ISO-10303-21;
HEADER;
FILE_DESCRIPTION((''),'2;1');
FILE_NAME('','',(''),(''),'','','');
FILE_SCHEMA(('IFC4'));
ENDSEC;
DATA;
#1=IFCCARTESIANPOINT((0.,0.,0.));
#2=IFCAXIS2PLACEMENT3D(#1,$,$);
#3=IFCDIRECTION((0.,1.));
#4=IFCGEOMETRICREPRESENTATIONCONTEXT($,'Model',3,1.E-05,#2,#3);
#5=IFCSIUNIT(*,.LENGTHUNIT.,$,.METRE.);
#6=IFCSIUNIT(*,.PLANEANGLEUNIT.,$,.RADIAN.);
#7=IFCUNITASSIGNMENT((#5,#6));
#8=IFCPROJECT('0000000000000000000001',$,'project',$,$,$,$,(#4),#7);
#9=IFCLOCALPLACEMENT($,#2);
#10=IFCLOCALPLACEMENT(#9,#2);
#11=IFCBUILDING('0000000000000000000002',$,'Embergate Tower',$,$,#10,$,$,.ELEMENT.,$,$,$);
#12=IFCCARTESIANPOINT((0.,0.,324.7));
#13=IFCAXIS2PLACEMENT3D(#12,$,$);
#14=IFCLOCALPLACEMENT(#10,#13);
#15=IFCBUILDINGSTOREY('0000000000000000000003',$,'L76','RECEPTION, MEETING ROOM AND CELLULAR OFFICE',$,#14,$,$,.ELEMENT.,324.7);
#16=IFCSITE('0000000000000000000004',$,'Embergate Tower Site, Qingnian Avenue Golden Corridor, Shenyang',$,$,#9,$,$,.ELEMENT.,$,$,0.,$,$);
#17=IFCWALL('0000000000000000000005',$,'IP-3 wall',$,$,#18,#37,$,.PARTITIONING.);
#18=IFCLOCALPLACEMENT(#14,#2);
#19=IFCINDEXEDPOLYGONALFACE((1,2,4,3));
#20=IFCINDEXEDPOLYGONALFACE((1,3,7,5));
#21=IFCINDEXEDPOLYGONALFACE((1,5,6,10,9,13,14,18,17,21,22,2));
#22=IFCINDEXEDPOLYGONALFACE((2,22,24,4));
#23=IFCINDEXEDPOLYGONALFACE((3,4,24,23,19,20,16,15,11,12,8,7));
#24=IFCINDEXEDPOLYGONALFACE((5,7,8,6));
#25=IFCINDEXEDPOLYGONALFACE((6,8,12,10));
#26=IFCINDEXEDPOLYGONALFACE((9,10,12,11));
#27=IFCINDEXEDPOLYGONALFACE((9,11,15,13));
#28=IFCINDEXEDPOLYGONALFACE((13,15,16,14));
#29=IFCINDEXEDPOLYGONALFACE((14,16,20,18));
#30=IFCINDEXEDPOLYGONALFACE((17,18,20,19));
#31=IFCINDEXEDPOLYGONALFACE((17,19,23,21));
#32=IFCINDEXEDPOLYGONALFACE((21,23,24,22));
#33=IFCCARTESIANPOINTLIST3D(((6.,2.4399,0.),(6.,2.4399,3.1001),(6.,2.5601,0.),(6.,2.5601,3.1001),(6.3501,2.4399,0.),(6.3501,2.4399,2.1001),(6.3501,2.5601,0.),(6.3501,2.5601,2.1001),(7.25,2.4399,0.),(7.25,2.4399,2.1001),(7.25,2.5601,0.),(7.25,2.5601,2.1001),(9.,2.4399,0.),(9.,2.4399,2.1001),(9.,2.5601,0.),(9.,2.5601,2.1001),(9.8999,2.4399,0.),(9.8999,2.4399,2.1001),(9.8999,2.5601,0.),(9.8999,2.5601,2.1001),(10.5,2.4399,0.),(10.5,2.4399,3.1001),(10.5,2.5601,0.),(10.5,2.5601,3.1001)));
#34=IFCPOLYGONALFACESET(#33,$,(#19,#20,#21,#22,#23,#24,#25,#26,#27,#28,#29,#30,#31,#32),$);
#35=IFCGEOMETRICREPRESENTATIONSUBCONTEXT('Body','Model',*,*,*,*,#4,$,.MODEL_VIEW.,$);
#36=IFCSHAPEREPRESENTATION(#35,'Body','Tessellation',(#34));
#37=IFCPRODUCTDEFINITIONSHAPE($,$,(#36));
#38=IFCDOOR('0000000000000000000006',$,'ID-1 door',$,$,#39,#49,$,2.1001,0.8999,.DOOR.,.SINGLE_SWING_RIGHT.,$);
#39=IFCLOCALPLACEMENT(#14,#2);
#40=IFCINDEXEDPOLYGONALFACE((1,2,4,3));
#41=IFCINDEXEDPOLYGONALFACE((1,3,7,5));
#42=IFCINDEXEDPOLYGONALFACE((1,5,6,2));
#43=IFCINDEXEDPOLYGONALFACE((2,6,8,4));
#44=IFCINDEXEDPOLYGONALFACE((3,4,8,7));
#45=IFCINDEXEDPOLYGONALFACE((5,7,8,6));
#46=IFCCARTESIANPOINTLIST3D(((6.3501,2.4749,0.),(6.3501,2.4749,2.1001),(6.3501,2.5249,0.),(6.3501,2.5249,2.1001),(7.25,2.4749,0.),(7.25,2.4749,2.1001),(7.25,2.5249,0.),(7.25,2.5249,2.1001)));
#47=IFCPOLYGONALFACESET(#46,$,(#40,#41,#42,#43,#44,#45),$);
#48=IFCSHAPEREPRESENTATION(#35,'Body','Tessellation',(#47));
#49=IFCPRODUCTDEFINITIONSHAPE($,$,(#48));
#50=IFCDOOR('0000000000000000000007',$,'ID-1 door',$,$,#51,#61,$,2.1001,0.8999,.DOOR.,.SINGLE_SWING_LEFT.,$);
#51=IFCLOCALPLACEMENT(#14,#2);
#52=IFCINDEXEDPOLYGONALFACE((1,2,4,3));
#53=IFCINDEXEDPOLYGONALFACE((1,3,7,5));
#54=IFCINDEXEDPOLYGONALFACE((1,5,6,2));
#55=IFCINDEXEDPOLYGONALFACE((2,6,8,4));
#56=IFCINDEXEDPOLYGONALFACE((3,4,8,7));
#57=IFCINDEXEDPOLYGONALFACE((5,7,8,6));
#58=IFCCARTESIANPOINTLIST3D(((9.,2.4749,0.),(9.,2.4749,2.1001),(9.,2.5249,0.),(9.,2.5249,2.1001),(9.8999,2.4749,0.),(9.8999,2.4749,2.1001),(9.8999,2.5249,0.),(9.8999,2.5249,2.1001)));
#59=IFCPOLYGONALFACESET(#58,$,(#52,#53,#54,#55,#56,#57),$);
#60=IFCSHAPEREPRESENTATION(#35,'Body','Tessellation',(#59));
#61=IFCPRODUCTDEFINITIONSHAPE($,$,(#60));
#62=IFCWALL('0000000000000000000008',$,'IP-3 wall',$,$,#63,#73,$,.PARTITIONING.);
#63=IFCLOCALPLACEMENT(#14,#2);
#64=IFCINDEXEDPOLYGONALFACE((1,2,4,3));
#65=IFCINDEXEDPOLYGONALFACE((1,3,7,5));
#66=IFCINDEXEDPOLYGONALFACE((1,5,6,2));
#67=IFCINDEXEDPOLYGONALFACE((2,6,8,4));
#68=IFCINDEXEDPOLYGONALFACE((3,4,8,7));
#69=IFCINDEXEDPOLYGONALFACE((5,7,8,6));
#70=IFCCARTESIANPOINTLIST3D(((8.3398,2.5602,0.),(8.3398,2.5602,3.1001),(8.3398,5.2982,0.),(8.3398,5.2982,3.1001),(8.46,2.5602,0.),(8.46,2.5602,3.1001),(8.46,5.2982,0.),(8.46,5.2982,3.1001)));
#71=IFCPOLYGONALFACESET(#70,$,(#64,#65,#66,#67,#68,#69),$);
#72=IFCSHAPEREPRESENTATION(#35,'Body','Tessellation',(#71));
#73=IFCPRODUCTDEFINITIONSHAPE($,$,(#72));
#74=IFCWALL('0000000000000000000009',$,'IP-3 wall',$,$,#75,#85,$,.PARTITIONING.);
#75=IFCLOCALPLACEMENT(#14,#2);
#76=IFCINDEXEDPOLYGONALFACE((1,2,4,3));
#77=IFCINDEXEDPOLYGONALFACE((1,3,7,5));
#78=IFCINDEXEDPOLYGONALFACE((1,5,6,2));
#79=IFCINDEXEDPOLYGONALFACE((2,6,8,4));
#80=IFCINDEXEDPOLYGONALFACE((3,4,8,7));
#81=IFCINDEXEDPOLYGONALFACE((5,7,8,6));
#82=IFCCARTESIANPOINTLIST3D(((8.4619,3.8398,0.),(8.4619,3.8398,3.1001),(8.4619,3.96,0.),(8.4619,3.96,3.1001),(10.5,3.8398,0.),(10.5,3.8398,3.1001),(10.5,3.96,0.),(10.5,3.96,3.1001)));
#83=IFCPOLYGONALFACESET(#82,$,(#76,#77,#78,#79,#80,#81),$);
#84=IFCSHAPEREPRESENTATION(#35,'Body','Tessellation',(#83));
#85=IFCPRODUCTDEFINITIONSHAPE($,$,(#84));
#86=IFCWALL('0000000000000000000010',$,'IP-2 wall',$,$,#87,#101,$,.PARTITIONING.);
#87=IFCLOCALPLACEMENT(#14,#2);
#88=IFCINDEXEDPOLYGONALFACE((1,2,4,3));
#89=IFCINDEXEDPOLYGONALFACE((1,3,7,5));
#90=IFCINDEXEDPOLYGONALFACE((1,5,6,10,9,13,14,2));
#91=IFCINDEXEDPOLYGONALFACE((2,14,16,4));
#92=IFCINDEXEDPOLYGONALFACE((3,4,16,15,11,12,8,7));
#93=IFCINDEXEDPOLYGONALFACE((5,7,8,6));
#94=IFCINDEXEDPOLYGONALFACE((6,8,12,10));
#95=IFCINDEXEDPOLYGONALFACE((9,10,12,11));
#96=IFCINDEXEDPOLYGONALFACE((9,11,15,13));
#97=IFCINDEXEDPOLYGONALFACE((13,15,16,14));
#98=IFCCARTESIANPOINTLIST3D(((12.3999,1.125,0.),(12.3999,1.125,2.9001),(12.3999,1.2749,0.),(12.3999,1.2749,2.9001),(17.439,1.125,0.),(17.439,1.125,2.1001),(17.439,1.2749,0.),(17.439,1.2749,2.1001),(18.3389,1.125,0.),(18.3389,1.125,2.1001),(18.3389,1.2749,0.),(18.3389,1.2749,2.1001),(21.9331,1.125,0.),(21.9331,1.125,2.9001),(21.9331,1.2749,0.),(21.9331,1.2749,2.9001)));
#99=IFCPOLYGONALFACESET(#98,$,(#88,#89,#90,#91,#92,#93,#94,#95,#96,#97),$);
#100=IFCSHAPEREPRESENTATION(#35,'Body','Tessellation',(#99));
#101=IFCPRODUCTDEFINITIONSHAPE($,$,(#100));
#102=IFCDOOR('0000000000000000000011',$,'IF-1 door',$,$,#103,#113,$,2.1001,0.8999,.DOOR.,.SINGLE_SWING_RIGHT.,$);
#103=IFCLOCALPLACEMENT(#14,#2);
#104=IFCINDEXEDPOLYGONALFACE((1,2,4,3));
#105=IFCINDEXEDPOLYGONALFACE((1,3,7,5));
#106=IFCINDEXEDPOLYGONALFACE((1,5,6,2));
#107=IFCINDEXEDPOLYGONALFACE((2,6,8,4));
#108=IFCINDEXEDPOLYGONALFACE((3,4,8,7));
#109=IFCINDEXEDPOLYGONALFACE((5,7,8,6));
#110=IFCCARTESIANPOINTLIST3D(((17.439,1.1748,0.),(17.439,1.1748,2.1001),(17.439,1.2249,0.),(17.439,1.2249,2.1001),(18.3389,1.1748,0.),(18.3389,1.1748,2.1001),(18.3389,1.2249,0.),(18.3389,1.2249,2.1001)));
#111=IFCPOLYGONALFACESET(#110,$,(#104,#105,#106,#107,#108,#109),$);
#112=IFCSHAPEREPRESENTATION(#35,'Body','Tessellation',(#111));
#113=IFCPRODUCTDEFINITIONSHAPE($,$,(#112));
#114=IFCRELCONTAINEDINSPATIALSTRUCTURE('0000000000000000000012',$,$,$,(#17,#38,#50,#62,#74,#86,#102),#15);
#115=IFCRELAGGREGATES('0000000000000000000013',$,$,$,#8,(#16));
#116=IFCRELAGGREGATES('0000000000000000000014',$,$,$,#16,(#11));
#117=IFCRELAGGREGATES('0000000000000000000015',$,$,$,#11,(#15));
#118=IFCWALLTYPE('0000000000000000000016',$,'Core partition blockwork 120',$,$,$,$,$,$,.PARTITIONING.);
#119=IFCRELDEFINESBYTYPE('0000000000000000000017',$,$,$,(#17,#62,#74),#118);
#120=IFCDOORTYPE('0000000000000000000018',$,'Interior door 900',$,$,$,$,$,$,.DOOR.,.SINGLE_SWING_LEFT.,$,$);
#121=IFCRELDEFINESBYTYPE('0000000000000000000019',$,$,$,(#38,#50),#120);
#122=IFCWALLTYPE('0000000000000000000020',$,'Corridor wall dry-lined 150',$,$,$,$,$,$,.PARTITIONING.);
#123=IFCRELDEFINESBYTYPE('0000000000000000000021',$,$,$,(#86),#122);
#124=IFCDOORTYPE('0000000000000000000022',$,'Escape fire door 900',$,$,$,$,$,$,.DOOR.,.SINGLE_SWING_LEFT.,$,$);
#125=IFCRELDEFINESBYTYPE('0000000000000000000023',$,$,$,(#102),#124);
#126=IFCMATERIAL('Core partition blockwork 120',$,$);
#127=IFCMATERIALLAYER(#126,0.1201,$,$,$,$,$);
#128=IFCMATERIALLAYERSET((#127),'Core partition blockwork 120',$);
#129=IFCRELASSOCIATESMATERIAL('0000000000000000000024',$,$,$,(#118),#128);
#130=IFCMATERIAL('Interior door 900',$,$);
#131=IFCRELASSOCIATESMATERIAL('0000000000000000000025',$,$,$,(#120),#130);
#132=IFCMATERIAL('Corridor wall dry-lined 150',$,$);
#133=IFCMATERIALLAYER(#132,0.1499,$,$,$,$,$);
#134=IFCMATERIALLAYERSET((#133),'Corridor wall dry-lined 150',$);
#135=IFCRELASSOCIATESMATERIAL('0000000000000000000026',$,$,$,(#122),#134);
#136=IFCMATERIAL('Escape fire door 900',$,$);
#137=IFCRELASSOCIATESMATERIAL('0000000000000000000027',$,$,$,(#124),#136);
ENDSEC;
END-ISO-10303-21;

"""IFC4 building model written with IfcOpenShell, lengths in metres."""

from ifc_helpers import new_model, si_unit, direction, frame, frame_2d, origin, place, context, subcontext, project, spatial, rectangle, extrude, source, transform, mapped, material, layer, layer_set, type_object, element, fill, save


model = new_model("IFC4")

# Units and contexts
model_context = context("Model", 3, precision=1e-05, world=origin(), true_north=direction((0.0, 1.0)))
body_context = subcontext(model_context, "Body", "Model", "MODEL_VIEW")
ifc_project = project(units=[si_unit("LENGTHUNIT", "METRE"), si_unit("PLANEANGLEUNIT", "RADIAN")], contexts=[model_context])

# Site, building, storey
site_placement = place(None, origin())
site = spatial("IfcSite", under=ifc_project, at=site_placement, Name="Embergate Tower Site, Qingnian Avenue Golden Corridor, Shenyang", CompositionType="ELEMENT", RefElevation=0.0)
building_placement = place(site_placement, origin())
building = spatial("IfcBuilding", under=site, at=building_placement, Name="Embergate Tower", CompositionType="ELEMENT")
storey_placement = place(building_placement, frame((0.0, 0.0, 324.7)))
storey = spatial("IfcBuildingStorey", under=building, at=storey_placement, Name="L76", Description="RECEPTION, MEETING ROOM AND CELLULAR OFFICE", CompositionType="ELEMENT", Elevation=324.7)

# Shared definitions
ifc_material_1 = material(Name="Core partition blockwork 120")
ifc_layer_1 = layer(ifc_material_1, 0.1201)
ifc_layer_set_1 = layer_set([ifc_layer_1], Name="Core partition blockwork 120")
wall_type_1 = type_object("IfcWallType", Name="Core partition blockwork 120", PredefinedType="PARTITIONING", material=ifc_layer_set_1)

# Wall, openings, doors
shared_shape_1 = source(origin(), body_context, "Body", "SweptSolid", [
    extrude(rectangle(XDim=4.5, YDim=0.1201, at=frame_2d((2.25, 0.0))), origin(), (0.0, 0.0, 1.0), 3.1001),
])
wall_1_placement = place(storey_placement, frame((6.0, 2.5, 0.0), z_axis=(0.0, 0.0, 1.0), x_axis=(1.0, 0.0, 0.0)))
wall_1 = element("IfcWall", 1, at=wall_1_placement, inside=storey, type_object=wall_type_1, Name="IP-3 wall", PredefinedType="PARTITIONING", context=body_context, shape_type="MappedRepresentation", body=[
    mapped(shared_shape_1, transform((0.0, 0.0, 0.0))),
])
shared_shape_2 = source(origin(), body_context, "Body", "SweptSolid", [
    extrude(rectangle(XDim=0.8999, YDim=2.1001, at=frame_2d((0.45, 1.05))), frame((0.0, 0.0701, 0.0), z_axis=(0.0, -1.0, 0.0), x_axis=(1.0, 0.0, 0.0)), (0.0, 0.0, 1.0), 0.1401),
])
opening_1_placement = place(wall_1_placement, frame((0.3501, 0.0, 0.0)))
opening_1 = element("IfcOpeningElement", 2, at=opening_1_placement, cuts=wall_1, PredefinedType="OPENING", context=body_context, shape_type="MappedRepresentation", body=[
    mapped(shared_shape_2, transform((0.0, 0.0, 0.0))),
])
opening_2_placement = place(wall_1_placement, frame((3.0, 0.0, 0.0)))
opening_2 = element("IfcOpeningElement", 3, at=opening_2_placement, cuts=wall_1, PredefinedType="OPENING", context=body_context, shape_type="MappedRepresentation", body=[
    mapped(shared_shape_2, transform((0.0, 0.0, 0.0))),
])
ifc_material_2 = material(Name="Interior door 900")
door_type_1 = type_object("IfcDoorType", Name="Interior door 900", OperationType="SINGLE_SWING_LEFT", PredefinedType="DOOR", material=ifc_material_2)
shared_shape_3 = source(origin(), body_context, "Body", "SweptSolid", [
    extrude(rectangle(XDim=0.8999, YDim=2.1001, at=frame_2d((0.45, 1.05))), frame((0.0, 0.0249, 0.0), z_axis=(0.0, -1.0, 0.0), x_axis=(1.0, 0.0, 0.0)), (0.0, 0.0, 1.0), 0.05),
])
door_1_placement = place(opening_1_placement, origin())
door_1 = element("IfcDoor", 4, at=door_1_placement, inside=storey, type_object=door_type_1, Name="ID-1 door", OperationType="SINGLE_SWING_RIGHT", OverallHeight=2.1001, OverallWidth=0.8999, PredefinedType="DOOR", context=body_context, shape_type="MappedRepresentation", body=[
    mapped(shared_shape_3, transform((0.0, 0.0, 0.0))),
])
fill(opening_1, door_1)
door_2_placement = place(opening_2_placement, origin())
door_2 = element("IfcDoor", 5, at=door_2_placement, inside=storey, type_object=door_type_1, Name="ID-1 door", OperationType="SINGLE_SWING_LEFT", OverallHeight=2.1001, OverallWidth=0.8999, PredefinedType="DOOR", context=body_context, shape_type="MappedRepresentation", body=[
    mapped(shared_shape_3, transform((0.0, 0.0, 0.0))),
])
fill(opening_2, door_2)

# Walls
shared_shape_4 = source(origin(), body_context, "Body", "SweptSolid", [
    extrude(rectangle(XDim=2.738, YDim=0.1201, at=frame_2d((1.3691, 0.0))), origin(), (0.0, 0.0, 1.0), 3.1001),
])
wall_2_placement = place(storey_placement, frame((8.3999, 2.5601, 0.0), z_axis=(0.0, 0.0, 1.0), x_axis=(0.0, 1.0, 0.0)))
element("IfcWall", 6, at=wall_2_placement, inside=storey, type_object=wall_type_1, Name="IP-3 wall", PredefinedType="PARTITIONING", context=body_context, shape_type="MappedRepresentation", body=[
    mapped(shared_shape_4, transform((0.0, 0.0, 0.0))),
])
shared_shape_5 = source(origin(), body_context, "Body", "SweptSolid", [
    extrude(rectangle(XDim=2.0381, YDim=0.1201, at=frame_2d((1.019, 0.0))), origin(), (0.0, 0.0, 1.0), 3.1001),
])
wall_3_placement = place(storey_placement, frame((10.5, 3.8999, 0.0), z_axis=(0.0, 0.0, 1.0), x_axis=(-1.0, 0.0, 0.0)))
element("IfcWall", 7, at=wall_3_placement, inside=storey, type_object=wall_type_1, Name="IP-3 wall", PredefinedType="PARTITIONING", context=body_context, shape_type="MappedRepresentation", body=[
    mapped(shared_shape_5, transform((0.0, 0.0, 0.0))),
])

# Wall, opening, door
ifc_material_3 = material(Name="Corridor wall dry-lined 150")
ifc_layer_2 = layer(ifc_material_3, 0.1499)
ifc_layer_set_2 = layer_set([ifc_layer_2], Name="Corridor wall dry-lined 150")
wall_type_2 = type_object("IfcWallType", Name="Corridor wall dry-lined 150", PredefinedType="PARTITIONING", material=ifc_layer_set_2)
shared_shape_6 = source(origin(), body_context, "Body", "SweptSolid", [
    extrude(rectangle(XDim=9.5332, YDim=0.1499, at=frame_2d((4.7666, 0.0))), origin(), (0.0, 0.0, 1.0), 2.9001),
])
wall_4_placement = place(storey_placement, frame((12.3999, 1.2, 0.0), z_axis=(0.0, 0.0, 1.0), x_axis=(1.0, 0.0, 0.0)))
wall_4 = element("IfcWall", 8, at=wall_4_placement, inside=storey, type_object=wall_type_2, Name="IP-2 wall", PredefinedType="PARTITIONING", context=body_context, shape_type="MappedRepresentation", body=[
    mapped(shared_shape_6, transform((0.0, 0.0, 0.0))),
])
shared_shape_7 = source(origin(), body_context, "Body", "SweptSolid", [
    extrude(rectangle(XDim=0.8999, YDim=2.1001, at=frame_2d((0.45, 1.05))), frame((0.0, 0.085, 0.0), z_axis=(0.0, -1.0, 0.0), x_axis=(1.0, 0.0, 0.0)), (0.0, 0.0, 1.0), 0.1699),
])
opening_3_placement = place(wall_4_placement, frame((5.0391, 0.0, 0.0)))
opening_3 = element("IfcOpeningElement", 9, at=opening_3_placement, cuts=wall_4, PredefinedType="OPENING", context=body_context, shape_type="MappedRepresentation", body=[
    mapped(shared_shape_7, transform((0.0, 0.0, 0.0))),
])
ifc_material_4 = material(Name="Escape fire door 900")
door_type_2 = type_object("IfcDoorType", Name="Escape fire door 900", OperationType="SINGLE_SWING_LEFT", PredefinedType="DOOR", material=ifc_material_4)
door_3_placement = place(opening_3_placement, origin())
door_3 = element("IfcDoor", 10, at=door_3_placement, inside=storey, type_object=door_type_2, Name="IF-1 door", OperationType="SINGLE_SWING_RIGHT", OverallHeight=2.1001, OverallWidth=0.8999, PredefinedType="DOOR", context=body_context, shape_type="MappedRepresentation", body=[
    mapped(shared_shape_3, transform((0.0, 0.0, 0.0))),
])
fill(opening_3, door_3)

save(model, "model.ifc")
